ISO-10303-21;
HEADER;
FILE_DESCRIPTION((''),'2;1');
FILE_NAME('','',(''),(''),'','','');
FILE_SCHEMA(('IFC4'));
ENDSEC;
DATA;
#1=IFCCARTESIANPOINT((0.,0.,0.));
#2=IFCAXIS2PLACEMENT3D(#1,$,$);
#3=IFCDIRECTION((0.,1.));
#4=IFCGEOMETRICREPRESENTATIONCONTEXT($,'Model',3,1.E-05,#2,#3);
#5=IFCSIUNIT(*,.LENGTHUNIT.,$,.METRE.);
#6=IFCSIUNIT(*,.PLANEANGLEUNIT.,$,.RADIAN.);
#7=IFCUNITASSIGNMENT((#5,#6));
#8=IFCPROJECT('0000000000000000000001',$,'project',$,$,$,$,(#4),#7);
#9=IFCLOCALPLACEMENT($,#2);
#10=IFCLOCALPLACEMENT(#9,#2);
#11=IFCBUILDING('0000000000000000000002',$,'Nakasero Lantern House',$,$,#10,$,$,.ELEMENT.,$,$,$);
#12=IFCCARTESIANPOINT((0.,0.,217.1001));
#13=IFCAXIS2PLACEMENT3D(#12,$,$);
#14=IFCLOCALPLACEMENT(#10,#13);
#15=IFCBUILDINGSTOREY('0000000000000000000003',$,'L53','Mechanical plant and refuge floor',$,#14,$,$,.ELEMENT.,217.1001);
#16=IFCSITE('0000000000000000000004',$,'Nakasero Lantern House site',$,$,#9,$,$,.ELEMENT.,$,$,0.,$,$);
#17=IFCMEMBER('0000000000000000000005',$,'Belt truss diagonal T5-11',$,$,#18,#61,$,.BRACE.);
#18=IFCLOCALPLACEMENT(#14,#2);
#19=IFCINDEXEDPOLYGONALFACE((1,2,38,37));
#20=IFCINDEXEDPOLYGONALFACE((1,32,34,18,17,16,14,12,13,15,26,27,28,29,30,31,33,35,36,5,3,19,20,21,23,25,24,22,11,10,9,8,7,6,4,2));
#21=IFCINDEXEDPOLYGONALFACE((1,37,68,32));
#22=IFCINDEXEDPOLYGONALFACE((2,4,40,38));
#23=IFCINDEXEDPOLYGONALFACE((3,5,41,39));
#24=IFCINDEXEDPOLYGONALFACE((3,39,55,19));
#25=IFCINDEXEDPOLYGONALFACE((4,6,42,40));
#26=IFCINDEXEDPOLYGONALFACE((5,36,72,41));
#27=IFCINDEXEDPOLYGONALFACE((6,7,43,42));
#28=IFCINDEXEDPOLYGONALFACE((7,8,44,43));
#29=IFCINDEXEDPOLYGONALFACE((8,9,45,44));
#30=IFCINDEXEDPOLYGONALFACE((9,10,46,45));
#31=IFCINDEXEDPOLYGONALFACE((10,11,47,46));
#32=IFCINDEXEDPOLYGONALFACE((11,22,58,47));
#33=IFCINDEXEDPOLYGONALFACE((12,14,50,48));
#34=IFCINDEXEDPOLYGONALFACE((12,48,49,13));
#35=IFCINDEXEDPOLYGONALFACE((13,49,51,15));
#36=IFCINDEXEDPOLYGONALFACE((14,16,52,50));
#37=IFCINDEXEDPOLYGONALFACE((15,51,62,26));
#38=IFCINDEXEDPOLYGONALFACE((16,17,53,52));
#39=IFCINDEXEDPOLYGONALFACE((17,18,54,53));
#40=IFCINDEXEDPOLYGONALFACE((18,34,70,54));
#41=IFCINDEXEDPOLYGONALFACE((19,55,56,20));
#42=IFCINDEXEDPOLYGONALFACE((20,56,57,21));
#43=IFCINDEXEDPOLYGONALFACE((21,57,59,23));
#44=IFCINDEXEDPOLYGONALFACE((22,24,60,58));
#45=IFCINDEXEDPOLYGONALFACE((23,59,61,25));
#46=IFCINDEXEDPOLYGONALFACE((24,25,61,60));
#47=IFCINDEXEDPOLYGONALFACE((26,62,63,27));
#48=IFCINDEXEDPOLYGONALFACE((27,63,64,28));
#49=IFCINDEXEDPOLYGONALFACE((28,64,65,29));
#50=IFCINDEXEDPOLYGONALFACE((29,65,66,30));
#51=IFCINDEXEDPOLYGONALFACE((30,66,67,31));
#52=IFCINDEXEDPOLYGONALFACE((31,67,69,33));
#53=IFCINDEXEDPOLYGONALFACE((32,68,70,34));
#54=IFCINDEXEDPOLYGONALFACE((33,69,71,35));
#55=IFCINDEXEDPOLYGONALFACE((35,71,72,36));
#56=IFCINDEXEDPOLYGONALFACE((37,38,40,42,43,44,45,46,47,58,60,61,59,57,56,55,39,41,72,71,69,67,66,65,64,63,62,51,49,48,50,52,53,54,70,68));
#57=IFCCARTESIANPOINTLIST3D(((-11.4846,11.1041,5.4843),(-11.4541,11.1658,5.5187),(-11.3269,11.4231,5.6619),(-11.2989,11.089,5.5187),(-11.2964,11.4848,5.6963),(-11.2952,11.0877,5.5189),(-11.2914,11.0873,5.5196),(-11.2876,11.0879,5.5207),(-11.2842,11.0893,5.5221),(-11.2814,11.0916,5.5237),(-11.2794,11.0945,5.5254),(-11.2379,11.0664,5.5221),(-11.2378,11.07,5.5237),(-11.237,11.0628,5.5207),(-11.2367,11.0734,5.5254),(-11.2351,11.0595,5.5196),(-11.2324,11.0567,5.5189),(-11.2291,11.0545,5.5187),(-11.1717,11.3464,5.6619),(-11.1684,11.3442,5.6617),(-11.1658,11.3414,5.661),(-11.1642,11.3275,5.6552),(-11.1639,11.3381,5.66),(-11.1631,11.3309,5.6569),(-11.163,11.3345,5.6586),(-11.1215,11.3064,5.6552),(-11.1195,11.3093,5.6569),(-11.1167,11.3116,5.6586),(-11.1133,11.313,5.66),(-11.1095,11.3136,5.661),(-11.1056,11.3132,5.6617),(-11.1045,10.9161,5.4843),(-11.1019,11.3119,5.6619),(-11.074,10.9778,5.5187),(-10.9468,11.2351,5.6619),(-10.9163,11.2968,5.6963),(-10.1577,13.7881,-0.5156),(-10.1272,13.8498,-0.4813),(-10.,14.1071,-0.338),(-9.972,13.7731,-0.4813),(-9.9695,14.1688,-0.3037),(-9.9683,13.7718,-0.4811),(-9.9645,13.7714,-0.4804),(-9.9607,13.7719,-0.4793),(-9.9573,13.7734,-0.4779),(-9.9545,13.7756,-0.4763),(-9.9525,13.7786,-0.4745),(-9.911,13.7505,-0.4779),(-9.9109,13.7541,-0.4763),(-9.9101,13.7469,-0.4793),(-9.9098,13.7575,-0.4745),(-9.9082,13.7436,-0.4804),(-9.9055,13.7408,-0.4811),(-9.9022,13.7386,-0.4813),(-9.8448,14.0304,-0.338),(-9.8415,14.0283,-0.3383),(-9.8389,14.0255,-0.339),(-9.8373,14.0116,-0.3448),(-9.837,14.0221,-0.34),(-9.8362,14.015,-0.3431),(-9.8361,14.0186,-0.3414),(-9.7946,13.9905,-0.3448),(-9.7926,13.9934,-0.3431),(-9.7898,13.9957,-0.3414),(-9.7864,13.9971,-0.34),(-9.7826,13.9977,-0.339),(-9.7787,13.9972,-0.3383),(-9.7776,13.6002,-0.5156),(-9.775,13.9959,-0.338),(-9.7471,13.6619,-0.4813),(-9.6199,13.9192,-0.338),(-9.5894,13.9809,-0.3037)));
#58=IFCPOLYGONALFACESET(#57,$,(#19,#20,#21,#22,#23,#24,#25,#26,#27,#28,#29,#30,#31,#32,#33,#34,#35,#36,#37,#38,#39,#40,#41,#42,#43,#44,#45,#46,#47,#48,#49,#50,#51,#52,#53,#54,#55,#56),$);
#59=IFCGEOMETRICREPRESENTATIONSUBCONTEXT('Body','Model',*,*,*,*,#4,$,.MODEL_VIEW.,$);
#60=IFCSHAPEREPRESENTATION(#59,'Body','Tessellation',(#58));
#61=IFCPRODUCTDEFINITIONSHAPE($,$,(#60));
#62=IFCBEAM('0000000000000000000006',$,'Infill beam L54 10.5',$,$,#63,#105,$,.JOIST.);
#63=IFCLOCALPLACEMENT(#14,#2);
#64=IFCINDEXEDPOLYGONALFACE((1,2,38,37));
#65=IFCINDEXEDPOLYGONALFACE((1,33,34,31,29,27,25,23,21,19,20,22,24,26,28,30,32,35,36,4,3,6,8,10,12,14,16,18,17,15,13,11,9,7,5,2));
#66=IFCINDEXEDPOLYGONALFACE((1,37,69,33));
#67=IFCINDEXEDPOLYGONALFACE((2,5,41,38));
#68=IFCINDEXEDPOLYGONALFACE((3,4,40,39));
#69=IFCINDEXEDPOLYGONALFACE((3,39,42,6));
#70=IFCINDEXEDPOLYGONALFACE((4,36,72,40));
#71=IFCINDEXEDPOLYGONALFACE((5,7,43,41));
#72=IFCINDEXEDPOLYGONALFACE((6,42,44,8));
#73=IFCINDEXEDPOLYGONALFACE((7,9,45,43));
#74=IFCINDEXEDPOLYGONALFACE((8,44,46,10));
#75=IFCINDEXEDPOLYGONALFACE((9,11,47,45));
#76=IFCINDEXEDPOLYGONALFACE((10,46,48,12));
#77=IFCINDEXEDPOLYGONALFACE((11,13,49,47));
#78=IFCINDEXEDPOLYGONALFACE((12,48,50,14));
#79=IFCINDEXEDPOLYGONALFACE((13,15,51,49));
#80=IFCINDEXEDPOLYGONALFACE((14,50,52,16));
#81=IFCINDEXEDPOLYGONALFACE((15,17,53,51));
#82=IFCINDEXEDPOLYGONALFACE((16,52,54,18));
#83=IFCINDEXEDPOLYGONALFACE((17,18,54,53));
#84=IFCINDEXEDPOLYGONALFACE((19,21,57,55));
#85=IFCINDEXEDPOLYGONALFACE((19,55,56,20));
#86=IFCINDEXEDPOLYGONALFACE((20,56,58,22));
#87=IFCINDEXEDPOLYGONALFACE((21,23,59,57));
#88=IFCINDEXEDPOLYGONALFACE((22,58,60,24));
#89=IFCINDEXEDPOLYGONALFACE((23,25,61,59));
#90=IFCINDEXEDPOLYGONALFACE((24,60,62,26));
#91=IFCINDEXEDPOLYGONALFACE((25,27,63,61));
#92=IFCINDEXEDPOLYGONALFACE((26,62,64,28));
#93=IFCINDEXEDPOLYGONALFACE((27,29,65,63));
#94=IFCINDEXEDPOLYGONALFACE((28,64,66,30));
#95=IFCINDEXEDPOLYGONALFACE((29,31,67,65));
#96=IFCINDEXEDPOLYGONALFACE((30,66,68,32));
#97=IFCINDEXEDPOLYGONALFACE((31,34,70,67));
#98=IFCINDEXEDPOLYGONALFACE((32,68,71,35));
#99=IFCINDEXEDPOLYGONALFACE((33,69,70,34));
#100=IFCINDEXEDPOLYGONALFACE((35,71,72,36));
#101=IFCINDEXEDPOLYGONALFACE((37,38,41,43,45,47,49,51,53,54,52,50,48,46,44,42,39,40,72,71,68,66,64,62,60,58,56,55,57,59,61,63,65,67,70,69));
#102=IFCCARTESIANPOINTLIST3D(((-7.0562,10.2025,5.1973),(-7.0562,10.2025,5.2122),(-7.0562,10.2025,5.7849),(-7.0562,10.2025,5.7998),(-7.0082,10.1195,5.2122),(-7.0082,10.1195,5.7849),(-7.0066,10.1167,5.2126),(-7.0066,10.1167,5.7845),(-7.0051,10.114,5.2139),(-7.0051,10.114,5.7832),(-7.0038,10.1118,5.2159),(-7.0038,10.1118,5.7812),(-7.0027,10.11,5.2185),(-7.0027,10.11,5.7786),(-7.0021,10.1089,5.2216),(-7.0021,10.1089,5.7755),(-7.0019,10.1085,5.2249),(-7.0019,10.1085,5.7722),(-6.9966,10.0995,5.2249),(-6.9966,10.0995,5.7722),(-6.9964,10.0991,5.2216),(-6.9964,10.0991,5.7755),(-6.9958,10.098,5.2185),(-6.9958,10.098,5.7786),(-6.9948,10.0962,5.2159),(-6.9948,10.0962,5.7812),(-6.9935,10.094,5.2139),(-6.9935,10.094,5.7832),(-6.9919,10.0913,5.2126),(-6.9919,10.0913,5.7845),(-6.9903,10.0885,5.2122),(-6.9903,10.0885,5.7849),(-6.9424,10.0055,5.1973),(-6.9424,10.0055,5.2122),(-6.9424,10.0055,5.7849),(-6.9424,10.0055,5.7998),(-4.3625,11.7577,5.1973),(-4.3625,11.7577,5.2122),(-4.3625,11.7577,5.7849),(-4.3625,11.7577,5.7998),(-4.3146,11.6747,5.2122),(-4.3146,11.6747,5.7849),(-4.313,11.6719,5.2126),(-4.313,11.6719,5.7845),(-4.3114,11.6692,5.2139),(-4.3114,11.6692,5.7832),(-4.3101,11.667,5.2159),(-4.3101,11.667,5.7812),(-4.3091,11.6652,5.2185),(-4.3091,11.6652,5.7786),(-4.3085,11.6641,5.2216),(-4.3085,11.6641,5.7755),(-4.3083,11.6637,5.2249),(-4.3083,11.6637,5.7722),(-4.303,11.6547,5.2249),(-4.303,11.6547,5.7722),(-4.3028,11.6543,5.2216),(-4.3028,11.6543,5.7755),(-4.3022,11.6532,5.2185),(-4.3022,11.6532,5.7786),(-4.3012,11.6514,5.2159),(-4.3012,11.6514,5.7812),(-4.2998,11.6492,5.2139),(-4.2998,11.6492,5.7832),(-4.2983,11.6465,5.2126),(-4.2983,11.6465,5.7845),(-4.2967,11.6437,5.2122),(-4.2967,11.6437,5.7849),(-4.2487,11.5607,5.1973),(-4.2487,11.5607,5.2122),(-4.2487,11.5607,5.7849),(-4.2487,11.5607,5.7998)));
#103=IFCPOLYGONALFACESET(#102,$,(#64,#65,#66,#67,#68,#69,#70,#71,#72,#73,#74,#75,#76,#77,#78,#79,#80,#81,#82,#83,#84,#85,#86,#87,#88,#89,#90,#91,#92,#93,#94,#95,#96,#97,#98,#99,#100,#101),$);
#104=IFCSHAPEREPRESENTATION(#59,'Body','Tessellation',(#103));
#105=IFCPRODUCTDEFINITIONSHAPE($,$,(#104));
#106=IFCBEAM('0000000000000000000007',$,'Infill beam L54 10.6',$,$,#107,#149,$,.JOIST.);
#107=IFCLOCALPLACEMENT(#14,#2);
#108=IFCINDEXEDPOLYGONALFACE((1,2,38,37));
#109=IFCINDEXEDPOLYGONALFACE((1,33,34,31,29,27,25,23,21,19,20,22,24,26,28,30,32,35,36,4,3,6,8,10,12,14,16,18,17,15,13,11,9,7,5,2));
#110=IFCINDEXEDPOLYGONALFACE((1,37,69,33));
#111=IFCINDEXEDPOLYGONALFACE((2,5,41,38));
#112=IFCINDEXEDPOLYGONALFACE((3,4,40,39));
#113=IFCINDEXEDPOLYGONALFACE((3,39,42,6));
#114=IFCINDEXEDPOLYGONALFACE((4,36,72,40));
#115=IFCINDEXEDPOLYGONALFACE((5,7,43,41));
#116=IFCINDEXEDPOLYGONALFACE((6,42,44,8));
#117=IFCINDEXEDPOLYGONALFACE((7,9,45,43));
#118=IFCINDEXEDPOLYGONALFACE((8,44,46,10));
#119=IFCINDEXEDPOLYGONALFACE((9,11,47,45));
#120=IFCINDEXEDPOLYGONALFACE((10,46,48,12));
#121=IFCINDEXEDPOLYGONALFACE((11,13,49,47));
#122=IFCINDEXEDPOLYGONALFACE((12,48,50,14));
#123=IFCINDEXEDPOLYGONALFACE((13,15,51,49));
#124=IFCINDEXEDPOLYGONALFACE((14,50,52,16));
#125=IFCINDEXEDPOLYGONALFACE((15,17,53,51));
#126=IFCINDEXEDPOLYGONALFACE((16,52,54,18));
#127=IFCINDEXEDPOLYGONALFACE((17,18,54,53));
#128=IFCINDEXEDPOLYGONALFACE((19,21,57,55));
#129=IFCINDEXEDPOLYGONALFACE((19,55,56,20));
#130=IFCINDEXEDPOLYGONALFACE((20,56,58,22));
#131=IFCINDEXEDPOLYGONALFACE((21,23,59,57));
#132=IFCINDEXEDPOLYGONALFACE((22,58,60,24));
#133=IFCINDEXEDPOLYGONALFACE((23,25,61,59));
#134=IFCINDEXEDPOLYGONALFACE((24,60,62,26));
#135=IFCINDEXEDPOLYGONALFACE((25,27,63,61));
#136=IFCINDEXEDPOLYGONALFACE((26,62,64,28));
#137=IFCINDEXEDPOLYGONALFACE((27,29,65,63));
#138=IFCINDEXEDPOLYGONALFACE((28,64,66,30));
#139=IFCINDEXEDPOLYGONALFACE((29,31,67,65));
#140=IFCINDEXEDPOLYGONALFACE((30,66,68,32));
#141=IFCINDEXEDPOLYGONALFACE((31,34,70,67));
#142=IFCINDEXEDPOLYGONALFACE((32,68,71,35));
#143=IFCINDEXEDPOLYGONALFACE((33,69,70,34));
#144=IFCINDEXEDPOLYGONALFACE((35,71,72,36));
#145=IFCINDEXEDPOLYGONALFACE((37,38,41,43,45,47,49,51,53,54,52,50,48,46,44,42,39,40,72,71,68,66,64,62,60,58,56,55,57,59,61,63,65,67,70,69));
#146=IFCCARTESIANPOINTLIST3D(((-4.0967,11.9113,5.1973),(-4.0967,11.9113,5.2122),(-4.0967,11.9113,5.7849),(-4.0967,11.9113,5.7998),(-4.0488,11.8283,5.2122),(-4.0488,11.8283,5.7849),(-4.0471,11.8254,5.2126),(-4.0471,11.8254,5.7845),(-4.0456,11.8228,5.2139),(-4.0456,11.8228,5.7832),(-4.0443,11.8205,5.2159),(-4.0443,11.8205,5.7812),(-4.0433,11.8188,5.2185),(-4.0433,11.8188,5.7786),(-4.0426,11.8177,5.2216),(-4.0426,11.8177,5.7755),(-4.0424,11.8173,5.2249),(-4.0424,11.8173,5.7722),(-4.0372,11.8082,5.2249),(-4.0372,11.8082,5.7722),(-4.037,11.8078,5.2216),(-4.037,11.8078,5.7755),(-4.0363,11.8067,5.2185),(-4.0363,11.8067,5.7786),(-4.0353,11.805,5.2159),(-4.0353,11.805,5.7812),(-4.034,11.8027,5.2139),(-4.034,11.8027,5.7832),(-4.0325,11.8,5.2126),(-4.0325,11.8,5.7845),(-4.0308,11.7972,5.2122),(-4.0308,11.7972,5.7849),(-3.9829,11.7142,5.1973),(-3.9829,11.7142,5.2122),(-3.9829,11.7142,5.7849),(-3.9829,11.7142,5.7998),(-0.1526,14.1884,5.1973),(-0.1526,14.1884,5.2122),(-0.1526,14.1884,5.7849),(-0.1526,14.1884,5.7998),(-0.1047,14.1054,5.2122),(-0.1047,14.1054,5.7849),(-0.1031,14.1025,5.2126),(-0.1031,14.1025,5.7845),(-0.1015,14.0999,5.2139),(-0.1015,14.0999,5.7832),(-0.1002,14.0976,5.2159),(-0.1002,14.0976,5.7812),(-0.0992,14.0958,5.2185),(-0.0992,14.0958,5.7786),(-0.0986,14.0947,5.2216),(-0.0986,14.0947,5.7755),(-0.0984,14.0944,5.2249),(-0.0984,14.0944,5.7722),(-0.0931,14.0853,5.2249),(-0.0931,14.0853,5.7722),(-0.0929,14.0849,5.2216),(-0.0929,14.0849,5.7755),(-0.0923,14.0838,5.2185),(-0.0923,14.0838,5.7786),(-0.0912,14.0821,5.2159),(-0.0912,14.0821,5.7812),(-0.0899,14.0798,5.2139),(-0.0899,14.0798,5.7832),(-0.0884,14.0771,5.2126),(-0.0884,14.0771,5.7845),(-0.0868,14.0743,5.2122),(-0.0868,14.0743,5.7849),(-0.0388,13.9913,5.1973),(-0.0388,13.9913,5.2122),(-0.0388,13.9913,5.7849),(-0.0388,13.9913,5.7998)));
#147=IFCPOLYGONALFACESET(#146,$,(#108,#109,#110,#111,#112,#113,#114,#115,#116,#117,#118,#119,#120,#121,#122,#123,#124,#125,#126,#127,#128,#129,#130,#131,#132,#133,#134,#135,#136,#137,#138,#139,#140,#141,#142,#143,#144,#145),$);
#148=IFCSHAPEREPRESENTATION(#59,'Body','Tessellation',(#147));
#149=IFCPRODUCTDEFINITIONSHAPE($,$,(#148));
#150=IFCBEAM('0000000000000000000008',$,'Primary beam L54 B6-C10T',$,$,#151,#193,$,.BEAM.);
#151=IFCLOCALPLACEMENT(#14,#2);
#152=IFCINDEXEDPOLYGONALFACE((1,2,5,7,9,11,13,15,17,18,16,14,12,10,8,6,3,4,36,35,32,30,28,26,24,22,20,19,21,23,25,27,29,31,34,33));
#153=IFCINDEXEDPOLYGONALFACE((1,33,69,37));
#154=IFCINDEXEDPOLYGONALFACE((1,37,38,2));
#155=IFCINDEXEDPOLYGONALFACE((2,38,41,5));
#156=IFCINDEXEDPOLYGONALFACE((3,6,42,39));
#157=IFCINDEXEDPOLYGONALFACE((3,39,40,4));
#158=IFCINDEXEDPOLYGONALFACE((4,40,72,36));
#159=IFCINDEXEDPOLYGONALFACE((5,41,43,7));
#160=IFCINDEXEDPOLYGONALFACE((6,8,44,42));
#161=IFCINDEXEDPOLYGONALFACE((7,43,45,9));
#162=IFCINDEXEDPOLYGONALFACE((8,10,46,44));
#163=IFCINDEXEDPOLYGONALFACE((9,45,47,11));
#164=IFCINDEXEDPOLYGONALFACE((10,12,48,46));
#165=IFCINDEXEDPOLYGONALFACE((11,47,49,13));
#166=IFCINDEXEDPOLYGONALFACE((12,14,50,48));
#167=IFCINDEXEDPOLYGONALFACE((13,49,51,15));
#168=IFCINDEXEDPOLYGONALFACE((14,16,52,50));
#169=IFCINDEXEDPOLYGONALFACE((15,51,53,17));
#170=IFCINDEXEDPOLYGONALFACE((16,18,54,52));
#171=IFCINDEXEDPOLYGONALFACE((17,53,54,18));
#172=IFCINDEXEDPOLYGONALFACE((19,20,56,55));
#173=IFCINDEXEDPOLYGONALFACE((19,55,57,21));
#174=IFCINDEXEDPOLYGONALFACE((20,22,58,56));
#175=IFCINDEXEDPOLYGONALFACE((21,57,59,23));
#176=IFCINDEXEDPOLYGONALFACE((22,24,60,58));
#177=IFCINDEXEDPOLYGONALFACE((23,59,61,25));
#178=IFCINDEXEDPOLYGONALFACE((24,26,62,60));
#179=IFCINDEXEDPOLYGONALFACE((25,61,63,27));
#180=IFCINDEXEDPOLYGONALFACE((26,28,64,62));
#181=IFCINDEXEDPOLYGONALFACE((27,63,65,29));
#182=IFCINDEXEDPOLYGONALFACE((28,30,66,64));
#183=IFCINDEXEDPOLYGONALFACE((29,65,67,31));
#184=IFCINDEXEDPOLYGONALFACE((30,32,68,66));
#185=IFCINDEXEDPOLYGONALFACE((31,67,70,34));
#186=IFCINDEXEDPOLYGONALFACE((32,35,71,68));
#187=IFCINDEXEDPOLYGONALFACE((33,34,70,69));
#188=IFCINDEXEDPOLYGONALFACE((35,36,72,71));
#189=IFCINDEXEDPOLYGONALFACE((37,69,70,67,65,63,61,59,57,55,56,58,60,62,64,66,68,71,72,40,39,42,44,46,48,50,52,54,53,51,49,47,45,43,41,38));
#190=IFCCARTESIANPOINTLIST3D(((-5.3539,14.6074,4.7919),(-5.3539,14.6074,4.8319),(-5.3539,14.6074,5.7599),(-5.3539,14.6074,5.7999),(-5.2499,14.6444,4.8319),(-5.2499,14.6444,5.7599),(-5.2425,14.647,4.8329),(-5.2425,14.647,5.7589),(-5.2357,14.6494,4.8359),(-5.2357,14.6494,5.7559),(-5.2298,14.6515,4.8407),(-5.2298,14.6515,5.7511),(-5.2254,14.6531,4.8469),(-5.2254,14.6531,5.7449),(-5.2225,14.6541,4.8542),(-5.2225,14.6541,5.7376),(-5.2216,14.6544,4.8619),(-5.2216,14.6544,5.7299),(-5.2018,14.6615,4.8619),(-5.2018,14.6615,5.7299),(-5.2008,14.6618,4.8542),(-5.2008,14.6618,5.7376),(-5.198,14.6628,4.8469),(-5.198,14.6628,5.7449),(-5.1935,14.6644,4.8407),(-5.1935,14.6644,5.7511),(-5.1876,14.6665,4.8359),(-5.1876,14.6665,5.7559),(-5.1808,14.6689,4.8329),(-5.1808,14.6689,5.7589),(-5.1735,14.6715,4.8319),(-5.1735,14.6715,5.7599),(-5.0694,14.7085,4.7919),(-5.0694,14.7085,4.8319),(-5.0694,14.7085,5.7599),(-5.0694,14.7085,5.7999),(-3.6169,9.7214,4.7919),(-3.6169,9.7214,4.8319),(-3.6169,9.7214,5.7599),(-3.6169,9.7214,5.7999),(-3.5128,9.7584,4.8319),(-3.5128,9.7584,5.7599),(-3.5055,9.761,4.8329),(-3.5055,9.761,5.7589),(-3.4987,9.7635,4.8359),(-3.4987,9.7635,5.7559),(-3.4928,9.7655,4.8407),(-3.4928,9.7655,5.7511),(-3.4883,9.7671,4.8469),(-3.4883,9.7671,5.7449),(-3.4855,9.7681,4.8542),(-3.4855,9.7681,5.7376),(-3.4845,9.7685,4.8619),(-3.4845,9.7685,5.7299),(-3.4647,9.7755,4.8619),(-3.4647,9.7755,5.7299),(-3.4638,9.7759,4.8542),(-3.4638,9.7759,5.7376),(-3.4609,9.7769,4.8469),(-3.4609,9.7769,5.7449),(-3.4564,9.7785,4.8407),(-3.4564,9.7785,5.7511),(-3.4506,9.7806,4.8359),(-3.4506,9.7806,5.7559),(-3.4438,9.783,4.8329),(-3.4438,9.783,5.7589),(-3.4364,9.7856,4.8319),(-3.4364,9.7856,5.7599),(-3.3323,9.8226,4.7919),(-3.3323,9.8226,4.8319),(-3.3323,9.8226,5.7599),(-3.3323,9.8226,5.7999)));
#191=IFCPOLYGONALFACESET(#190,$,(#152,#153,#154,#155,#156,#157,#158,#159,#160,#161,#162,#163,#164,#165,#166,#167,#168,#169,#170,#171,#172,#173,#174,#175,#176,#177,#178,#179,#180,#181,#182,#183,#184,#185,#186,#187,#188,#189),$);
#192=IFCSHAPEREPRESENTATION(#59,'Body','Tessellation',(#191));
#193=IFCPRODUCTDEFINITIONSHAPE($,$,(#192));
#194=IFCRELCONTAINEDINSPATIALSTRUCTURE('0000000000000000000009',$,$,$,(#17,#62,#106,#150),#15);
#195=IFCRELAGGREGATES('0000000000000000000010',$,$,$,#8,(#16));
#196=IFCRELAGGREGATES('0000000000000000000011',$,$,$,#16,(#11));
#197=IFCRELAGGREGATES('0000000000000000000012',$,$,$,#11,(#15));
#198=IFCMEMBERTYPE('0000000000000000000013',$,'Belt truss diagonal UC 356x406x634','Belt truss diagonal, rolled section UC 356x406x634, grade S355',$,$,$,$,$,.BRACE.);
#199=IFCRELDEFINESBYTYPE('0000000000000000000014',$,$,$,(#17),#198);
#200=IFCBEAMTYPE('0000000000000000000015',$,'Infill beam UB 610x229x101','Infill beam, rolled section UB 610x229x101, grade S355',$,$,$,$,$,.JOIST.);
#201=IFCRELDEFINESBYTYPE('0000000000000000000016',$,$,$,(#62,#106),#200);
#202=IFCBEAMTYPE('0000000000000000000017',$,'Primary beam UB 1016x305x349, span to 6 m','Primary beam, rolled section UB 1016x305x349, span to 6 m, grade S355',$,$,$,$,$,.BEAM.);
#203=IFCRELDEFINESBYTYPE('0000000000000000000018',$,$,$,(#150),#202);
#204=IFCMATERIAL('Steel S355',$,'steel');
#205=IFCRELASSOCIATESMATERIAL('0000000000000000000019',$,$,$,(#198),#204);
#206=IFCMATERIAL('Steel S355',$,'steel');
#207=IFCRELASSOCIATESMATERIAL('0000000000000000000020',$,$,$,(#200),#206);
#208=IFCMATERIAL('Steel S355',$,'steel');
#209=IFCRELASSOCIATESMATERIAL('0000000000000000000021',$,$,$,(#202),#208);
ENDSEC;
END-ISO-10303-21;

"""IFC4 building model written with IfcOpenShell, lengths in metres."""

from ifc_helpers import new_model, si_unit, direction, frame, origin, origin_2d, place, context, subcontext, project, spatial, i_section, extrude, material, material_profile, profile_set, type_object, element, save


model = new_model("IFC4")

# Units and contexts
model_context = context("Model", 3, precision=1e-05, world=origin(), true_north=direction((0.0, 1.0)))
body_context = subcontext(model_context, "Body", "Model", "MODEL_VIEW")
ifc_project = project(units=[si_unit("LENGTHUNIT", "METRE"), si_unit("PLANEANGLEUNIT", "RADIAN")], contexts=[model_context])

# Site, building, storey
site_placement = place(None, origin())
site = spatial("IfcSite", under=ifc_project, at=site_placement, Name="Nakasero Lantern House site", CompositionType="ELEMENT", RefElevation=0.0)
building_placement = place(site_placement, origin())
building = spatial("IfcBuilding", under=site, at=building_placement, Name="Nakasero Lantern House", CompositionType="ELEMENT")
storey_placement = place(building_placement, frame((0.0, 0.0, 217.1001)))
storey = spatial("IfcBuildingStorey", under=building, at=storey_placement, Name="L53", Description="Mechanical plant and refuge floor", CompositionType="ELEMENT", Elevation=217.1001)

# Member
ifc_material_1 = material(Name="Steel S355", Category="steel")
ifc_material_profile_1 = material_profile(ifc_material_1, i_section(OverallWidth=0.4241, OverallDepth=0.4746, WebThickness=0.0476, FlangeThickness=0.0769, FilletRadius=0.0151, at=origin_2d()), Name="UC 356x406x634")
ifc_profile_set_1 = profile_set([ifc_material_profile_1], Name="Steel S355")
member_type_1 = type_object("IfcMemberType", Name="Belt truss diagonal UC 356x406x634", Description="Belt truss diagonal, rolled section UC 356x406x634, grade S355", PredefinedType="BRACE", material=ifc_profile_set_1)
member_1_placement = place(storey_placement, frame((-9.8735, 13.8845, -0.4097), z_axis=(-0.19788, -0.400275, 0.894776), x_axis=(0.89644, -0.443165, 0.0)))
element("IfcMember", 1, at=member_1_placement, inside=storey, type_object=member_type_1, Name="Belt truss diagonal T5-11", PredefinedType="BRACE", context=body_context, shape_type="SweptSolid", body=[
    extrude(i_section(OverallWidth=0.4241, OverallDepth=0.4746, WebThickness=0.0476, FlangeThickness=0.0769, FilletRadius=0.0151, at=origin_2d()), origin(), (0.0, 0.0, 1.0), 6.7056),
])

# Beams
ifc_material_2 = material(Name="Steel S355", Category="steel")
ifc_material_profile_2 = material_profile(ifc_material_2, i_section(OverallWidth=0.2275, OverallDepth=0.6025, WebThickness=0.0105, FlangeThickness=0.0149, FilletRadius=0.0127, at=origin_2d()), Name="UB 610x229x101")
ifc_profile_set_2 = profile_set([ifc_material_profile_2], Name="Steel S355")
beam_type_1 = type_object("IfcBeamType", Name="Infill beam UB 610x229x101", Description="Infill beam, rolled section UB 610x229x101, grade S355", PredefinedType="JOIST", material=ifc_profile_set_2)
beam_1_placement = place(storey_placement, frame((-6.9993, 10.104, 5.4985), z_axis=(0.866022, 0.500006, 0.0), x_axis=(-0.500006, 0.866022, 0.0)))
element("IfcBeam", 2, at=beam_1_placement, inside=storey, type_object=beam_type_1, Name="Infill beam L54 10.5", PredefinedType="JOIST", context=body_context, shape_type="SweptSolid", body=[
    extrude(i_section(OverallWidth=0.2275, OverallDepth=0.6025, WebThickness=0.0105, FlangeThickness=0.0149, FilletRadius=0.0127, at=origin_2d()), origin(), (0.0, 0.0, 1.0), 3.1104),
])
beam_2_placement = place(storey_placement, frame((-4.0398, 11.8127, 5.4985), z_axis=(0.866028, 0.499996, 0.0), x_axis=(-0.499996, 0.866028, 0.0)))
element("IfcBeam", 3, at=beam_2_placement, inside=storey, type_object=beam_type_1, Name="Infill beam L54 10.6", PredefinedType="JOIST", context=body_context, shape_type="SweptSolid", body=[
    extrude(i_section(OverallWidth=0.2275, OverallDepth=0.6025, WebThickness=0.0105, FlangeThickness=0.0149, FilletRadius=0.0127, at=origin_2d()), origin(), (0.0, 0.0, 1.0), 4.5542),
])
ifc_material_3 = material(Name="Steel S355", Category="steel")
ifc_material_profile_3 = material_profile(ifc_material_3, i_section(OverallWidth=0.302, OverallDepth=1.0081, WebThickness=0.021, FlangeThickness=0.04, FilletRadius=0.03, at=origin_2d()), Name="UB 1016x305x349")
ifc_profile_set_3 = profile_set([ifc_material_profile_3], Name="Steel S355")
beam_type_2 = type_object("IfcBeamType", Name="Primary beam UB 1016x305x349, span to 6 m", Description="Primary beam, rolled section UB 1016x305x349, span to 6 m, grade S355", PredefinedType="BEAM", material=ifc_profile_set_3)
beam_3_placement = place(storey_placement, frame((-5.2117, 14.658, 5.2959), z_axis=(0.334979, -0.942226, 0.0), x_axis=(0.942226, 0.334979, 0.0)))
element("IfcBeam", 4, at=beam_3_placement, inside=storey, type_object=beam_type_2, Name="Primary beam L54 B6-C10T", PredefinedType="BEAM", context=body_context, shape_type="SweptSolid", body=[
    extrude(i_section(OverallWidth=0.302, OverallDepth=1.0081, WebThickness=0.021, FlangeThickness=0.04, FilletRadius=0.03, at=origin_2d()), origin(), (0.0, 0.0, 1.0), 5.1855),
])

save(model, "model.ifc")
